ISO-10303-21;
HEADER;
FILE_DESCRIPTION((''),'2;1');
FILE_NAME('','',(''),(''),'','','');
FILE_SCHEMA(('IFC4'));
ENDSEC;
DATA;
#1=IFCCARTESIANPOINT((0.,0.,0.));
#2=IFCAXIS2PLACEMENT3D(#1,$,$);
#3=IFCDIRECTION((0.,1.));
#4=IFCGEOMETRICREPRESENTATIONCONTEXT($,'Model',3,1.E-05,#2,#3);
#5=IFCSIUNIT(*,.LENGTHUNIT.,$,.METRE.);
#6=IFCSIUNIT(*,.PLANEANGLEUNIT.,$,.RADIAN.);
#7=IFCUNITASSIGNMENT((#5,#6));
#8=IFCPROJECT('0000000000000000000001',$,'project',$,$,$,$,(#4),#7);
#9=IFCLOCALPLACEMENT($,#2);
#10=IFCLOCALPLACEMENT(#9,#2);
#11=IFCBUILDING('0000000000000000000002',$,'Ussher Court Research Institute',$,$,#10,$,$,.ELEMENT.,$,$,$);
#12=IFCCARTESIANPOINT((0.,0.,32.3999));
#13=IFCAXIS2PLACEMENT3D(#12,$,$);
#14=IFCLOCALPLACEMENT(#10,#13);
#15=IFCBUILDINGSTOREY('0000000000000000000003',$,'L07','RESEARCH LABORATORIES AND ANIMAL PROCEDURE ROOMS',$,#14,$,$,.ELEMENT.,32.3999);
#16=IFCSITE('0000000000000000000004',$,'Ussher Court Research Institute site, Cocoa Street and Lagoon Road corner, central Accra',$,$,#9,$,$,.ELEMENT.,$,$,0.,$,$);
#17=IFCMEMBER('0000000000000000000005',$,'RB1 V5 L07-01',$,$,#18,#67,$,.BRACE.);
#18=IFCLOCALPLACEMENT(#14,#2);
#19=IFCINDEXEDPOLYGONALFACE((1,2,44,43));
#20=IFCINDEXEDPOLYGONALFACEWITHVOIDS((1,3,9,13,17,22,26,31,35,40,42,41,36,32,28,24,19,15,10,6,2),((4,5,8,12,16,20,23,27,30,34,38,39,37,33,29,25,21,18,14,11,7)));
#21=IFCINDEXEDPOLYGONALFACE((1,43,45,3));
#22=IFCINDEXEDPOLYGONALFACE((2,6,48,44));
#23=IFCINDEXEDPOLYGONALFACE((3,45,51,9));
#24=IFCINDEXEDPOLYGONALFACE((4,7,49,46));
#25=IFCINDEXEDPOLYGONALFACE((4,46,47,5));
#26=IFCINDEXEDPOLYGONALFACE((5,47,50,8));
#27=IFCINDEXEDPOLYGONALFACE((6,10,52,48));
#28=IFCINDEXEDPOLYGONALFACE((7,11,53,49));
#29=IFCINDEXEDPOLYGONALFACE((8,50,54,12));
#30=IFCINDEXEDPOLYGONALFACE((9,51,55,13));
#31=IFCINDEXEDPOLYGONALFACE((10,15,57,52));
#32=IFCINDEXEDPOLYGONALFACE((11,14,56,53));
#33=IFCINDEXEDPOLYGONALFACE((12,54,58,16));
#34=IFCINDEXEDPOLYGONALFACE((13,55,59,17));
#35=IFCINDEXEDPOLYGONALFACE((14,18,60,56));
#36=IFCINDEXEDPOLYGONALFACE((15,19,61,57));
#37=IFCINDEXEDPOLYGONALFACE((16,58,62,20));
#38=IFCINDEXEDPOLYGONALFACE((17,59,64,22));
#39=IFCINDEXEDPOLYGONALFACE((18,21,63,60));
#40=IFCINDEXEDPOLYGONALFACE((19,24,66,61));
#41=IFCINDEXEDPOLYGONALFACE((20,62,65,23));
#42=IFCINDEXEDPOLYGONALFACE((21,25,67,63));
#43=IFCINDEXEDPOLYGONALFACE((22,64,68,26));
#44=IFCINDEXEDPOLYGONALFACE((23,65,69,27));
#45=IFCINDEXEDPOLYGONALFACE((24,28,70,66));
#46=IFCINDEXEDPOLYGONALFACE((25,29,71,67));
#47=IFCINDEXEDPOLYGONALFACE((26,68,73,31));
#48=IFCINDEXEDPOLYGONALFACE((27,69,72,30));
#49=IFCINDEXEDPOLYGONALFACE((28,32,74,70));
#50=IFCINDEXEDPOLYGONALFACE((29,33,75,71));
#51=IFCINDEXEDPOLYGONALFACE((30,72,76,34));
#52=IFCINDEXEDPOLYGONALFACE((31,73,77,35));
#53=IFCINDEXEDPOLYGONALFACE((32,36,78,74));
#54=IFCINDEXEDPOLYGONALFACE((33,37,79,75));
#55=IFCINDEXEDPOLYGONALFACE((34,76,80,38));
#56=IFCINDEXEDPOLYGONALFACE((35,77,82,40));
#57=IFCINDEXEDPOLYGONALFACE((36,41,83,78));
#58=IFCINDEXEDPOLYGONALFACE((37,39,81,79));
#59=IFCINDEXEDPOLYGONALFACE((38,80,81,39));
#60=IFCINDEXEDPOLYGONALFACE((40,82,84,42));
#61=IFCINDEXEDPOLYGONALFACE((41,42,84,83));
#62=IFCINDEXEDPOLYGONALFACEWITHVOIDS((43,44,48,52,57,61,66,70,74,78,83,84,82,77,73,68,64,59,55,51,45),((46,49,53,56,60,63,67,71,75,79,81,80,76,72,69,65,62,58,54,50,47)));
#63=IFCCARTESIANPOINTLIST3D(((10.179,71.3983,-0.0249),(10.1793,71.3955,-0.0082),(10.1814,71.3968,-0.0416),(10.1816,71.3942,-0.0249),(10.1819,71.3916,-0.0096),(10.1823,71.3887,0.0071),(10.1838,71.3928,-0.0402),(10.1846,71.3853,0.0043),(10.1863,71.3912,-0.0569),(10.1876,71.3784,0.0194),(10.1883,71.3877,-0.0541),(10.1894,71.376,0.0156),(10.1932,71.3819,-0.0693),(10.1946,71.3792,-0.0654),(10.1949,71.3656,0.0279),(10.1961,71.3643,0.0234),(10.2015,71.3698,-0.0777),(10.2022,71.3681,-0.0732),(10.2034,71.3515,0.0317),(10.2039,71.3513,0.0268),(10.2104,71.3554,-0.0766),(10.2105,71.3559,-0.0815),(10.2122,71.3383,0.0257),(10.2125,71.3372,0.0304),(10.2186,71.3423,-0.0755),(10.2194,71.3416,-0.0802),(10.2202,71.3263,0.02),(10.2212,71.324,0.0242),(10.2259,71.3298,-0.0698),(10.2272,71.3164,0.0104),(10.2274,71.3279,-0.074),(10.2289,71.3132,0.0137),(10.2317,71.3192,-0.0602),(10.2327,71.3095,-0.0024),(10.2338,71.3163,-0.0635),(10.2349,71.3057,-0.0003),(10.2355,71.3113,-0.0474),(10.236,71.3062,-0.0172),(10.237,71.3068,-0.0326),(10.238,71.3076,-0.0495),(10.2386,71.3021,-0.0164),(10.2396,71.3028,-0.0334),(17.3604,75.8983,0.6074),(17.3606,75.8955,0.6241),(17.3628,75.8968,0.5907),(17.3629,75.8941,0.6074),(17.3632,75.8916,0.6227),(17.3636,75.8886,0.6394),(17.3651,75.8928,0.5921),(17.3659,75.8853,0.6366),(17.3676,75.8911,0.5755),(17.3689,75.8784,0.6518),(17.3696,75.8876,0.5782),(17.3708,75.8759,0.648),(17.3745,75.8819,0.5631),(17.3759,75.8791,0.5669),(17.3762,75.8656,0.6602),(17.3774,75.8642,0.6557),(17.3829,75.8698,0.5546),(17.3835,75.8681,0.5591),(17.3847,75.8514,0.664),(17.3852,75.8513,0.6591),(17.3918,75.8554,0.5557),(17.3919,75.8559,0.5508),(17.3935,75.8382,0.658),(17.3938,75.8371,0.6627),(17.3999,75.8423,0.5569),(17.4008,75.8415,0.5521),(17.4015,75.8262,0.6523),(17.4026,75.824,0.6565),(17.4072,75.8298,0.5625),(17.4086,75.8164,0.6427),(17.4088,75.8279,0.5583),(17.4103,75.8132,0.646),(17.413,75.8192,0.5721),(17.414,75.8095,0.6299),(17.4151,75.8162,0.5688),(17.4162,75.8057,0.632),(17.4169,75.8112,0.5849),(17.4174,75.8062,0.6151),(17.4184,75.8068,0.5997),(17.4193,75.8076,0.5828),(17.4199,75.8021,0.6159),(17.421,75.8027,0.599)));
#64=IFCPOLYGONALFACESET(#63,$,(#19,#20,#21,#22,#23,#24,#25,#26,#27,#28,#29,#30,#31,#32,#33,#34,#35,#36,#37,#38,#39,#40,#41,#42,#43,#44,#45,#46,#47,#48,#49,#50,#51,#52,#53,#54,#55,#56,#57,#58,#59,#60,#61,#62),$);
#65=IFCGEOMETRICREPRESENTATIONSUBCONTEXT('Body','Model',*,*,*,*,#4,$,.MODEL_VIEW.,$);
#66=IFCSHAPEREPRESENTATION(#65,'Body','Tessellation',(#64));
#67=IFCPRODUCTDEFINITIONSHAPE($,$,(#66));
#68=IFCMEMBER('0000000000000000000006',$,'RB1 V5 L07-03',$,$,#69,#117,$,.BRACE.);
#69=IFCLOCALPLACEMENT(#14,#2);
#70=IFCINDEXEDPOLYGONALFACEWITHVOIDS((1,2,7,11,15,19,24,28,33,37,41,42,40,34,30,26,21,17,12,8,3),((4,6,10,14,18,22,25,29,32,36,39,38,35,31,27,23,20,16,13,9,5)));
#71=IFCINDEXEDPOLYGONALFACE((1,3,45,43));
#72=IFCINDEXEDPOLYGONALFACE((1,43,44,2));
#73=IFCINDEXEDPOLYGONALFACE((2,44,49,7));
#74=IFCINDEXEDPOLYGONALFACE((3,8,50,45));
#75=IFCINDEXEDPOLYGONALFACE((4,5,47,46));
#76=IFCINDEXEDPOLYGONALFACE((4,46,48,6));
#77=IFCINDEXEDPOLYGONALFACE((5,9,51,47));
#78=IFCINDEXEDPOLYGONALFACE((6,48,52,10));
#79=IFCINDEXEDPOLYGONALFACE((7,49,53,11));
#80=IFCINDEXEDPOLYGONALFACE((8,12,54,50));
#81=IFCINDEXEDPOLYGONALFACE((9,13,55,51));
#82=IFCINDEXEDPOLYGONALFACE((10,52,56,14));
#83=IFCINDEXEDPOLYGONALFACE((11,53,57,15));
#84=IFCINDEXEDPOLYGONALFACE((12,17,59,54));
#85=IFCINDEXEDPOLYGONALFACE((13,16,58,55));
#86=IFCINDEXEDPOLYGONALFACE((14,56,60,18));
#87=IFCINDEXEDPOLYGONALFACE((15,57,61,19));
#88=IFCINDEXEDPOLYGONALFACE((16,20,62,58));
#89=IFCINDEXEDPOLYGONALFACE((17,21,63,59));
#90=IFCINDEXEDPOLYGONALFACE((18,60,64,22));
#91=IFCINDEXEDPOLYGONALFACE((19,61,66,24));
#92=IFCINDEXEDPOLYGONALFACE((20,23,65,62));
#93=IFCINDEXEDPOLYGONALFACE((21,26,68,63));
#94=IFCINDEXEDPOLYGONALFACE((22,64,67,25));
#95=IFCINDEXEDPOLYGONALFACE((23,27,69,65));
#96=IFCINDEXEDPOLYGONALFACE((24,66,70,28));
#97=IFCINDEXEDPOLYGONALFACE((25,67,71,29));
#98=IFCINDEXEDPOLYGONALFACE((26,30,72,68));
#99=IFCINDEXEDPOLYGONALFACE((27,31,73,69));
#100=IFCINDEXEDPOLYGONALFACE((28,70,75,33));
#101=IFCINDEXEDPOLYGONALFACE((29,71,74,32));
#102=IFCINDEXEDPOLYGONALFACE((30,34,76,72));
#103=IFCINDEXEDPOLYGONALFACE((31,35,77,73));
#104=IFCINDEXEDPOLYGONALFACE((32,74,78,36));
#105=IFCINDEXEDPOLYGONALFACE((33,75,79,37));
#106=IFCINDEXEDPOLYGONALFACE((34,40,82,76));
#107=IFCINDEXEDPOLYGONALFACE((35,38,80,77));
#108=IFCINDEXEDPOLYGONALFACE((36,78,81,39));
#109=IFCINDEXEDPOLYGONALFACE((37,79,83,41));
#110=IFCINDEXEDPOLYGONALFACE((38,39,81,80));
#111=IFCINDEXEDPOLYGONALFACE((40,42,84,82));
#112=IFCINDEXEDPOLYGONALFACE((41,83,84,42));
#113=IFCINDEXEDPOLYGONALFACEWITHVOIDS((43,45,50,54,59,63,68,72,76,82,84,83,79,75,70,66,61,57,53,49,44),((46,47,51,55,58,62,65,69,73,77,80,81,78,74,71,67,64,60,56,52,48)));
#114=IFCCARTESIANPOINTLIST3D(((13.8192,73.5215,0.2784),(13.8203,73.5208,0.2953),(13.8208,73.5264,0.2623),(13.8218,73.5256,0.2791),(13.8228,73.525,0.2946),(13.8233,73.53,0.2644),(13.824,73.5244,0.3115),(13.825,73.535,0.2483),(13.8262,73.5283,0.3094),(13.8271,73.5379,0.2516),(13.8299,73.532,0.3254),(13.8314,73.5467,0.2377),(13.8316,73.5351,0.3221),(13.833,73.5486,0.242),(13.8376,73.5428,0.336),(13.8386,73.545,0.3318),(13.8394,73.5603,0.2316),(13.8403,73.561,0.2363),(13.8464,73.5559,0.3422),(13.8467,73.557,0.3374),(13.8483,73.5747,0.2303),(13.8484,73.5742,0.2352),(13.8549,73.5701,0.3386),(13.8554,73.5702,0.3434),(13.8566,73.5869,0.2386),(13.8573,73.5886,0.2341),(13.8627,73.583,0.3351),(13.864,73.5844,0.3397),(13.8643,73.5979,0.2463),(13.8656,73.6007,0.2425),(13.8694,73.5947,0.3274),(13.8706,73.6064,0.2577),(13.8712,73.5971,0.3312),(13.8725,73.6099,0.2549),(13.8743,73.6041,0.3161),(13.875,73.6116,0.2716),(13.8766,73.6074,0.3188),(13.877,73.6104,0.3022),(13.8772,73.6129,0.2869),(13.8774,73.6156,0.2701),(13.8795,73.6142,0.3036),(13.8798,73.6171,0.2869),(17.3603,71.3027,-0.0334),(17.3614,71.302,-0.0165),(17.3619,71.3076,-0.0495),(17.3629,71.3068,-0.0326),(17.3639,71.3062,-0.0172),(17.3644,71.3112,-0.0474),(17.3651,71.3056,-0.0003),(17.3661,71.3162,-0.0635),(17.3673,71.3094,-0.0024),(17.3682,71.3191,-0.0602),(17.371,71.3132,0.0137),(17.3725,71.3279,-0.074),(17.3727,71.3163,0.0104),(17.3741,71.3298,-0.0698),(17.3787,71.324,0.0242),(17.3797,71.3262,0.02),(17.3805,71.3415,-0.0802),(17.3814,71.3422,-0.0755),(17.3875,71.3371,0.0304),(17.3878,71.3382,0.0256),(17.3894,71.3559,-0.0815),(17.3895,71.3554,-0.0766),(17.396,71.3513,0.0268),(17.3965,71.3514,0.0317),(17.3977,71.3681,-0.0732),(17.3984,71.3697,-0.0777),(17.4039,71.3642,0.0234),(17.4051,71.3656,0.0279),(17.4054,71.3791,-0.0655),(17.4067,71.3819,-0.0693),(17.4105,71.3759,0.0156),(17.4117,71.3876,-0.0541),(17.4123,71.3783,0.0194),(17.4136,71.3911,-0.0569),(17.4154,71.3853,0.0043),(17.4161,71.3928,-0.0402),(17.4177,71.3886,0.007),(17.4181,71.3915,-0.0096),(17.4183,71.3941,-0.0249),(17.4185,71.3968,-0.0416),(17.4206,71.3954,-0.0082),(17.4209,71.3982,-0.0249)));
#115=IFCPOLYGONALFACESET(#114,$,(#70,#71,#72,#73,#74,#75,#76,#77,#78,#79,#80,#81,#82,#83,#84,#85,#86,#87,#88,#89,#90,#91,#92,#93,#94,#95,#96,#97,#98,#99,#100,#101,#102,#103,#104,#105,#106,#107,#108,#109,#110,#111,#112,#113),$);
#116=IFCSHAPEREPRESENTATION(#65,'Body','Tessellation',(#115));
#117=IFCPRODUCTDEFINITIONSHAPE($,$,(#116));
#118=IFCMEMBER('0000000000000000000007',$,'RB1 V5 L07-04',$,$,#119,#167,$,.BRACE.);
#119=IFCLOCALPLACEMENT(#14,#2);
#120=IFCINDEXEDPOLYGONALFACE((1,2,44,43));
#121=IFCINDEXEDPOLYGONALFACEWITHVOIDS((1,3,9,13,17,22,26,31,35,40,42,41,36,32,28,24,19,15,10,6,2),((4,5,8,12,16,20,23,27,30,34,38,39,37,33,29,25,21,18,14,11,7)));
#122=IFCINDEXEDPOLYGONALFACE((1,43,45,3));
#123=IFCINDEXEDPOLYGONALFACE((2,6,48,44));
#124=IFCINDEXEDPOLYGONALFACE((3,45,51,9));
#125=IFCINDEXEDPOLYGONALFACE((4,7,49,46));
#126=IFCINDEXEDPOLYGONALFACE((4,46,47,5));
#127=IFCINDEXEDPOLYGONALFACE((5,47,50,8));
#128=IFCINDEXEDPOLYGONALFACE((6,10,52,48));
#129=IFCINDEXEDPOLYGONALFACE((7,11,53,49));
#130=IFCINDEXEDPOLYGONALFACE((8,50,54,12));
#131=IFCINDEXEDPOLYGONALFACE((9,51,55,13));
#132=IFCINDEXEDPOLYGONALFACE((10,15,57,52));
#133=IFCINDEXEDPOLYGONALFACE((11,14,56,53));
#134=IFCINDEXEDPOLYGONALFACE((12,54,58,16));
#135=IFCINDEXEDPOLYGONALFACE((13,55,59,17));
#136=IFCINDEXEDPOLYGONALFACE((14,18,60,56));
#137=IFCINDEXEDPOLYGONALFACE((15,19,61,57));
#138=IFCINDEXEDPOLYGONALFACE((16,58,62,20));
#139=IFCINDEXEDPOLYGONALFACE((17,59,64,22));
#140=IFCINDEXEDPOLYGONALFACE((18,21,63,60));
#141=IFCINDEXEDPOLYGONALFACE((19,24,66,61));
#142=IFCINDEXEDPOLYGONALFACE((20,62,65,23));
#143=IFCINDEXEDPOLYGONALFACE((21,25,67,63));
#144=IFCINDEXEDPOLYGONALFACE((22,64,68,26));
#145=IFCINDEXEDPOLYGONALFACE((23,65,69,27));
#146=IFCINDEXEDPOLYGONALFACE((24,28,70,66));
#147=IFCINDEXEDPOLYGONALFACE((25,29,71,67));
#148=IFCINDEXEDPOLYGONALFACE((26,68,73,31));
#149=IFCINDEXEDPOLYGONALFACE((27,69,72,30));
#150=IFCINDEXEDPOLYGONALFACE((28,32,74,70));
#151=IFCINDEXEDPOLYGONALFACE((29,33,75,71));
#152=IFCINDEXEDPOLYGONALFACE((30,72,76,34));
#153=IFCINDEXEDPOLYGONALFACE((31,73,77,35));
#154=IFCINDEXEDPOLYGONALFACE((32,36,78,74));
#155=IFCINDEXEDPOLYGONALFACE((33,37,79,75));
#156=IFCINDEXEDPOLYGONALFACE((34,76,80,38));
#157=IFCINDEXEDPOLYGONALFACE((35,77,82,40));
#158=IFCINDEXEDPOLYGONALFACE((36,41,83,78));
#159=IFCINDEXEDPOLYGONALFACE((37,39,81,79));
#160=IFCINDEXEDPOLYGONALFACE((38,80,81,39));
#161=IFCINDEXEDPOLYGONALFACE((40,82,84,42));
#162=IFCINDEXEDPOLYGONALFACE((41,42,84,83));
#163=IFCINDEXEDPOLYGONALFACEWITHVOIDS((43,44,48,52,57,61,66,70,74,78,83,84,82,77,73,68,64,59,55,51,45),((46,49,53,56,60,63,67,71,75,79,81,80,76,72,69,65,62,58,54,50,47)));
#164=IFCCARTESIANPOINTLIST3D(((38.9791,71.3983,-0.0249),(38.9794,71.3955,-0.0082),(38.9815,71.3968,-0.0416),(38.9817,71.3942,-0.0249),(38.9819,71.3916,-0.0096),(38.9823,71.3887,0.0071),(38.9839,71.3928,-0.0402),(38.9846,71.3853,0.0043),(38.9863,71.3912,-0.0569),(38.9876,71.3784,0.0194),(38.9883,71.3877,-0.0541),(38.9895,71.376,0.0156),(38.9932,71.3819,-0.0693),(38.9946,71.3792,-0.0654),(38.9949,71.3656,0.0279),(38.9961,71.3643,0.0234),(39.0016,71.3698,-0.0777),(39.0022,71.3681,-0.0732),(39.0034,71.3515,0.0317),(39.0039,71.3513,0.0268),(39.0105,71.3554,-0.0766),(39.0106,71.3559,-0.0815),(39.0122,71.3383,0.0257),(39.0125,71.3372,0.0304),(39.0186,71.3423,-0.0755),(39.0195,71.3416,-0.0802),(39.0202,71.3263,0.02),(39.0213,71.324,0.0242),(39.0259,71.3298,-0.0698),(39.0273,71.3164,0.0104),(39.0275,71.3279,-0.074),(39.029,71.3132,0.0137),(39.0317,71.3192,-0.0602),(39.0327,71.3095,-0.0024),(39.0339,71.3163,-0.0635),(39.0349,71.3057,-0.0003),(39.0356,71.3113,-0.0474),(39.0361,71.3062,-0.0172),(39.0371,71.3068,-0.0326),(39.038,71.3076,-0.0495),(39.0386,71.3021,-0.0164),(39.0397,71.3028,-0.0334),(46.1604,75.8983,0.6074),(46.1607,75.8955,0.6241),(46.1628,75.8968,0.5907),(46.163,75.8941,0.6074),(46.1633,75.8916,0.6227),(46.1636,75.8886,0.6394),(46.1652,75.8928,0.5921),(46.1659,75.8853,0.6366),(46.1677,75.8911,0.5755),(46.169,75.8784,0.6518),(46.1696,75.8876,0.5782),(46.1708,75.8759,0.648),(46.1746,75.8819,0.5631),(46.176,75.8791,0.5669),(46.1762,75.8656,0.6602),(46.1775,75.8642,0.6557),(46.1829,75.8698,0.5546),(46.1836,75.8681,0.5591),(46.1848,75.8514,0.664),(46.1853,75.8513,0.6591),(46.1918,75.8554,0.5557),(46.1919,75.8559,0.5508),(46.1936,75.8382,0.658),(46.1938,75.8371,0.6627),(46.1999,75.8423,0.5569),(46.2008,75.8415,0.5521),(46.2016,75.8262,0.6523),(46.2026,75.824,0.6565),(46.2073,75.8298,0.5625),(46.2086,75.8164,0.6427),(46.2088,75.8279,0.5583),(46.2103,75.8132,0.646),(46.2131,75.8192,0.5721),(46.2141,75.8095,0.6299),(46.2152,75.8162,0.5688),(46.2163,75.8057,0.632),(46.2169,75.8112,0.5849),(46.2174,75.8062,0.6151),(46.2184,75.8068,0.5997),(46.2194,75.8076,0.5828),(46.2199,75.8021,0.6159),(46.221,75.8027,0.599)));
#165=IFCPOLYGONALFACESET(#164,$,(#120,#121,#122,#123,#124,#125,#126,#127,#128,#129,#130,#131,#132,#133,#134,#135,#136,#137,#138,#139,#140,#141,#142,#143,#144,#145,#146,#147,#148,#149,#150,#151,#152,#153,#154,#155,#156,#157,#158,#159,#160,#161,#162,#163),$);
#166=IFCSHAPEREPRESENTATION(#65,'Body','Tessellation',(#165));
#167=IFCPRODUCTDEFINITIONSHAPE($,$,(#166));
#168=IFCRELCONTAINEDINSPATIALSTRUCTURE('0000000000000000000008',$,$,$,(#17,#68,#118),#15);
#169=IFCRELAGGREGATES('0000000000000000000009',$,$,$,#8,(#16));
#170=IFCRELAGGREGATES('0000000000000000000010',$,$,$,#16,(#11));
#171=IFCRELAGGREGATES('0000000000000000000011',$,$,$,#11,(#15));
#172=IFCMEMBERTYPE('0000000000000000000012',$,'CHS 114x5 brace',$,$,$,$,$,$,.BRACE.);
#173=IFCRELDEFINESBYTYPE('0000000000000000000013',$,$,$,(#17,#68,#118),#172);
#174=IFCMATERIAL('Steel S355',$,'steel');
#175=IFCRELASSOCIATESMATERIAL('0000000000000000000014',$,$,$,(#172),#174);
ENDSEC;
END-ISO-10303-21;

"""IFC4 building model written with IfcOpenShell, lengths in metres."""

from ifc_helpers import new_model, si_unit, direction, frame, origin, origin_2d, place, context, subcontext, project, spatial, hollow_circle, extrude, material, material_profile, profile_set, type_object, element, save


model = new_model("IFC4")

# Units and contexts
model_context = context("Model", 3, precision=1e-05, world=origin(), true_north=direction((0.0, 1.0)))
body_context = subcontext(model_context, "Body", "Model", "MODEL_VIEW")
ifc_project = project(units=[si_unit("LENGTHUNIT", "METRE"), si_unit("PLANEANGLEUNIT", "RADIAN")], contexts=[model_context])

# Site, building, storey
site_placement = place(None, origin())
site = spatial("IfcSite", under=ifc_project, at=site_placement, Name="Ussher Court Research Institute site, Cocoa Street and Lagoon Road corner, central Accra", CompositionType="ELEMENT", RefElevation=0.0)
building_placement = place(site_placement, origin())
building = spatial("IfcBuilding", under=site, at=building_placement, Name="Ussher Court Research Institute", CompositionType="ELEMENT")
storey_placement = place(building_placement, frame((0.0, 0.0, 32.3999)))
storey = spatial("IfcBuildingStorey", under=building, at=storey_placement, Name="L07", Description="RESEARCH LABORATORIES AND ANIMAL PROCEDURE ROOMS", CompositionType="ELEMENT", Elevation=32.3999)

# Members
ifc_material_1 = material(Name="Steel S355", Category="steel")
ifc_material_profile_1 = material_profile(ifc_material_1, hollow_circle(Radius=0.0569, WallThickness=0.0049, at=origin_2d()), Name="CHS 114x5")
ifc_profile_set_1 = profile_set([ifc_material_profile_1], Name="Steel S355")
member_type_1 = type_object("IfcMemberType", Name="CHS 114x5 brace", PredefinedType="BRACE", material=ifc_profile_set_1)
member_1_placement = place(storey_placement, frame((10.2092, 71.3501, -0.0249), z_axis=(0.845032, 0.529513, 0.074405), x_axis=(-0.530985, 0.847381, 0.0)))
element("IfcMember", 1, at=member_1_placement, inside=storey, type_object=member_type_1, Name="RB1 V5 L07-01", PredefinedType="BRACE", context=body_context, shape_type="SweptSolid", body=[
    extrude(hollow_circle(Radius=0.0569, WallThickness=0.0049, at=origin_2d()), origin(), (0.0, 0.0, 1.0), 8.4983),
])
member_2_placement = place(storey_placement, frame((13.8496, 73.5688, 0.2869), z_axis=(0.845045, -0.529493, -0.074402), x_axis=(0.530965, 0.847394, 0.0)))
element("IfcMember", 2, at=member_2_placement, inside=storey, type_object=member_type_1, Name="RB1 V5 L07-03", PredefinedType="BRACE", context=body_context, shape_type="SweptSolid", body=[
    extrude(hollow_circle(Radius=0.0569, WallThickness=0.0049, at=origin_2d()), origin(), (0.0, 0.0, 1.0), 4.1904),
])
member_3_placement = place(storey_placement, frame((39.0093, 71.3501, -0.0249), z_axis=(0.845032, 0.529513, 0.074405), x_axis=(-0.530985, 0.847381, 0.0)))
element("IfcMember", 3, at=member_3_placement, inside=storey, type_object=member_type_1, Name="RB1 V5 L07-04", PredefinedType="BRACE", context=body_context, shape_type="SweptSolid", body=[
    extrude(hollow_circle(Radius=0.0569, WallThickness=0.0049, at=origin_2d()), origin(), (0.0, 0.0, 1.0), 8.4983),
])

save(model, "model.ifc")
